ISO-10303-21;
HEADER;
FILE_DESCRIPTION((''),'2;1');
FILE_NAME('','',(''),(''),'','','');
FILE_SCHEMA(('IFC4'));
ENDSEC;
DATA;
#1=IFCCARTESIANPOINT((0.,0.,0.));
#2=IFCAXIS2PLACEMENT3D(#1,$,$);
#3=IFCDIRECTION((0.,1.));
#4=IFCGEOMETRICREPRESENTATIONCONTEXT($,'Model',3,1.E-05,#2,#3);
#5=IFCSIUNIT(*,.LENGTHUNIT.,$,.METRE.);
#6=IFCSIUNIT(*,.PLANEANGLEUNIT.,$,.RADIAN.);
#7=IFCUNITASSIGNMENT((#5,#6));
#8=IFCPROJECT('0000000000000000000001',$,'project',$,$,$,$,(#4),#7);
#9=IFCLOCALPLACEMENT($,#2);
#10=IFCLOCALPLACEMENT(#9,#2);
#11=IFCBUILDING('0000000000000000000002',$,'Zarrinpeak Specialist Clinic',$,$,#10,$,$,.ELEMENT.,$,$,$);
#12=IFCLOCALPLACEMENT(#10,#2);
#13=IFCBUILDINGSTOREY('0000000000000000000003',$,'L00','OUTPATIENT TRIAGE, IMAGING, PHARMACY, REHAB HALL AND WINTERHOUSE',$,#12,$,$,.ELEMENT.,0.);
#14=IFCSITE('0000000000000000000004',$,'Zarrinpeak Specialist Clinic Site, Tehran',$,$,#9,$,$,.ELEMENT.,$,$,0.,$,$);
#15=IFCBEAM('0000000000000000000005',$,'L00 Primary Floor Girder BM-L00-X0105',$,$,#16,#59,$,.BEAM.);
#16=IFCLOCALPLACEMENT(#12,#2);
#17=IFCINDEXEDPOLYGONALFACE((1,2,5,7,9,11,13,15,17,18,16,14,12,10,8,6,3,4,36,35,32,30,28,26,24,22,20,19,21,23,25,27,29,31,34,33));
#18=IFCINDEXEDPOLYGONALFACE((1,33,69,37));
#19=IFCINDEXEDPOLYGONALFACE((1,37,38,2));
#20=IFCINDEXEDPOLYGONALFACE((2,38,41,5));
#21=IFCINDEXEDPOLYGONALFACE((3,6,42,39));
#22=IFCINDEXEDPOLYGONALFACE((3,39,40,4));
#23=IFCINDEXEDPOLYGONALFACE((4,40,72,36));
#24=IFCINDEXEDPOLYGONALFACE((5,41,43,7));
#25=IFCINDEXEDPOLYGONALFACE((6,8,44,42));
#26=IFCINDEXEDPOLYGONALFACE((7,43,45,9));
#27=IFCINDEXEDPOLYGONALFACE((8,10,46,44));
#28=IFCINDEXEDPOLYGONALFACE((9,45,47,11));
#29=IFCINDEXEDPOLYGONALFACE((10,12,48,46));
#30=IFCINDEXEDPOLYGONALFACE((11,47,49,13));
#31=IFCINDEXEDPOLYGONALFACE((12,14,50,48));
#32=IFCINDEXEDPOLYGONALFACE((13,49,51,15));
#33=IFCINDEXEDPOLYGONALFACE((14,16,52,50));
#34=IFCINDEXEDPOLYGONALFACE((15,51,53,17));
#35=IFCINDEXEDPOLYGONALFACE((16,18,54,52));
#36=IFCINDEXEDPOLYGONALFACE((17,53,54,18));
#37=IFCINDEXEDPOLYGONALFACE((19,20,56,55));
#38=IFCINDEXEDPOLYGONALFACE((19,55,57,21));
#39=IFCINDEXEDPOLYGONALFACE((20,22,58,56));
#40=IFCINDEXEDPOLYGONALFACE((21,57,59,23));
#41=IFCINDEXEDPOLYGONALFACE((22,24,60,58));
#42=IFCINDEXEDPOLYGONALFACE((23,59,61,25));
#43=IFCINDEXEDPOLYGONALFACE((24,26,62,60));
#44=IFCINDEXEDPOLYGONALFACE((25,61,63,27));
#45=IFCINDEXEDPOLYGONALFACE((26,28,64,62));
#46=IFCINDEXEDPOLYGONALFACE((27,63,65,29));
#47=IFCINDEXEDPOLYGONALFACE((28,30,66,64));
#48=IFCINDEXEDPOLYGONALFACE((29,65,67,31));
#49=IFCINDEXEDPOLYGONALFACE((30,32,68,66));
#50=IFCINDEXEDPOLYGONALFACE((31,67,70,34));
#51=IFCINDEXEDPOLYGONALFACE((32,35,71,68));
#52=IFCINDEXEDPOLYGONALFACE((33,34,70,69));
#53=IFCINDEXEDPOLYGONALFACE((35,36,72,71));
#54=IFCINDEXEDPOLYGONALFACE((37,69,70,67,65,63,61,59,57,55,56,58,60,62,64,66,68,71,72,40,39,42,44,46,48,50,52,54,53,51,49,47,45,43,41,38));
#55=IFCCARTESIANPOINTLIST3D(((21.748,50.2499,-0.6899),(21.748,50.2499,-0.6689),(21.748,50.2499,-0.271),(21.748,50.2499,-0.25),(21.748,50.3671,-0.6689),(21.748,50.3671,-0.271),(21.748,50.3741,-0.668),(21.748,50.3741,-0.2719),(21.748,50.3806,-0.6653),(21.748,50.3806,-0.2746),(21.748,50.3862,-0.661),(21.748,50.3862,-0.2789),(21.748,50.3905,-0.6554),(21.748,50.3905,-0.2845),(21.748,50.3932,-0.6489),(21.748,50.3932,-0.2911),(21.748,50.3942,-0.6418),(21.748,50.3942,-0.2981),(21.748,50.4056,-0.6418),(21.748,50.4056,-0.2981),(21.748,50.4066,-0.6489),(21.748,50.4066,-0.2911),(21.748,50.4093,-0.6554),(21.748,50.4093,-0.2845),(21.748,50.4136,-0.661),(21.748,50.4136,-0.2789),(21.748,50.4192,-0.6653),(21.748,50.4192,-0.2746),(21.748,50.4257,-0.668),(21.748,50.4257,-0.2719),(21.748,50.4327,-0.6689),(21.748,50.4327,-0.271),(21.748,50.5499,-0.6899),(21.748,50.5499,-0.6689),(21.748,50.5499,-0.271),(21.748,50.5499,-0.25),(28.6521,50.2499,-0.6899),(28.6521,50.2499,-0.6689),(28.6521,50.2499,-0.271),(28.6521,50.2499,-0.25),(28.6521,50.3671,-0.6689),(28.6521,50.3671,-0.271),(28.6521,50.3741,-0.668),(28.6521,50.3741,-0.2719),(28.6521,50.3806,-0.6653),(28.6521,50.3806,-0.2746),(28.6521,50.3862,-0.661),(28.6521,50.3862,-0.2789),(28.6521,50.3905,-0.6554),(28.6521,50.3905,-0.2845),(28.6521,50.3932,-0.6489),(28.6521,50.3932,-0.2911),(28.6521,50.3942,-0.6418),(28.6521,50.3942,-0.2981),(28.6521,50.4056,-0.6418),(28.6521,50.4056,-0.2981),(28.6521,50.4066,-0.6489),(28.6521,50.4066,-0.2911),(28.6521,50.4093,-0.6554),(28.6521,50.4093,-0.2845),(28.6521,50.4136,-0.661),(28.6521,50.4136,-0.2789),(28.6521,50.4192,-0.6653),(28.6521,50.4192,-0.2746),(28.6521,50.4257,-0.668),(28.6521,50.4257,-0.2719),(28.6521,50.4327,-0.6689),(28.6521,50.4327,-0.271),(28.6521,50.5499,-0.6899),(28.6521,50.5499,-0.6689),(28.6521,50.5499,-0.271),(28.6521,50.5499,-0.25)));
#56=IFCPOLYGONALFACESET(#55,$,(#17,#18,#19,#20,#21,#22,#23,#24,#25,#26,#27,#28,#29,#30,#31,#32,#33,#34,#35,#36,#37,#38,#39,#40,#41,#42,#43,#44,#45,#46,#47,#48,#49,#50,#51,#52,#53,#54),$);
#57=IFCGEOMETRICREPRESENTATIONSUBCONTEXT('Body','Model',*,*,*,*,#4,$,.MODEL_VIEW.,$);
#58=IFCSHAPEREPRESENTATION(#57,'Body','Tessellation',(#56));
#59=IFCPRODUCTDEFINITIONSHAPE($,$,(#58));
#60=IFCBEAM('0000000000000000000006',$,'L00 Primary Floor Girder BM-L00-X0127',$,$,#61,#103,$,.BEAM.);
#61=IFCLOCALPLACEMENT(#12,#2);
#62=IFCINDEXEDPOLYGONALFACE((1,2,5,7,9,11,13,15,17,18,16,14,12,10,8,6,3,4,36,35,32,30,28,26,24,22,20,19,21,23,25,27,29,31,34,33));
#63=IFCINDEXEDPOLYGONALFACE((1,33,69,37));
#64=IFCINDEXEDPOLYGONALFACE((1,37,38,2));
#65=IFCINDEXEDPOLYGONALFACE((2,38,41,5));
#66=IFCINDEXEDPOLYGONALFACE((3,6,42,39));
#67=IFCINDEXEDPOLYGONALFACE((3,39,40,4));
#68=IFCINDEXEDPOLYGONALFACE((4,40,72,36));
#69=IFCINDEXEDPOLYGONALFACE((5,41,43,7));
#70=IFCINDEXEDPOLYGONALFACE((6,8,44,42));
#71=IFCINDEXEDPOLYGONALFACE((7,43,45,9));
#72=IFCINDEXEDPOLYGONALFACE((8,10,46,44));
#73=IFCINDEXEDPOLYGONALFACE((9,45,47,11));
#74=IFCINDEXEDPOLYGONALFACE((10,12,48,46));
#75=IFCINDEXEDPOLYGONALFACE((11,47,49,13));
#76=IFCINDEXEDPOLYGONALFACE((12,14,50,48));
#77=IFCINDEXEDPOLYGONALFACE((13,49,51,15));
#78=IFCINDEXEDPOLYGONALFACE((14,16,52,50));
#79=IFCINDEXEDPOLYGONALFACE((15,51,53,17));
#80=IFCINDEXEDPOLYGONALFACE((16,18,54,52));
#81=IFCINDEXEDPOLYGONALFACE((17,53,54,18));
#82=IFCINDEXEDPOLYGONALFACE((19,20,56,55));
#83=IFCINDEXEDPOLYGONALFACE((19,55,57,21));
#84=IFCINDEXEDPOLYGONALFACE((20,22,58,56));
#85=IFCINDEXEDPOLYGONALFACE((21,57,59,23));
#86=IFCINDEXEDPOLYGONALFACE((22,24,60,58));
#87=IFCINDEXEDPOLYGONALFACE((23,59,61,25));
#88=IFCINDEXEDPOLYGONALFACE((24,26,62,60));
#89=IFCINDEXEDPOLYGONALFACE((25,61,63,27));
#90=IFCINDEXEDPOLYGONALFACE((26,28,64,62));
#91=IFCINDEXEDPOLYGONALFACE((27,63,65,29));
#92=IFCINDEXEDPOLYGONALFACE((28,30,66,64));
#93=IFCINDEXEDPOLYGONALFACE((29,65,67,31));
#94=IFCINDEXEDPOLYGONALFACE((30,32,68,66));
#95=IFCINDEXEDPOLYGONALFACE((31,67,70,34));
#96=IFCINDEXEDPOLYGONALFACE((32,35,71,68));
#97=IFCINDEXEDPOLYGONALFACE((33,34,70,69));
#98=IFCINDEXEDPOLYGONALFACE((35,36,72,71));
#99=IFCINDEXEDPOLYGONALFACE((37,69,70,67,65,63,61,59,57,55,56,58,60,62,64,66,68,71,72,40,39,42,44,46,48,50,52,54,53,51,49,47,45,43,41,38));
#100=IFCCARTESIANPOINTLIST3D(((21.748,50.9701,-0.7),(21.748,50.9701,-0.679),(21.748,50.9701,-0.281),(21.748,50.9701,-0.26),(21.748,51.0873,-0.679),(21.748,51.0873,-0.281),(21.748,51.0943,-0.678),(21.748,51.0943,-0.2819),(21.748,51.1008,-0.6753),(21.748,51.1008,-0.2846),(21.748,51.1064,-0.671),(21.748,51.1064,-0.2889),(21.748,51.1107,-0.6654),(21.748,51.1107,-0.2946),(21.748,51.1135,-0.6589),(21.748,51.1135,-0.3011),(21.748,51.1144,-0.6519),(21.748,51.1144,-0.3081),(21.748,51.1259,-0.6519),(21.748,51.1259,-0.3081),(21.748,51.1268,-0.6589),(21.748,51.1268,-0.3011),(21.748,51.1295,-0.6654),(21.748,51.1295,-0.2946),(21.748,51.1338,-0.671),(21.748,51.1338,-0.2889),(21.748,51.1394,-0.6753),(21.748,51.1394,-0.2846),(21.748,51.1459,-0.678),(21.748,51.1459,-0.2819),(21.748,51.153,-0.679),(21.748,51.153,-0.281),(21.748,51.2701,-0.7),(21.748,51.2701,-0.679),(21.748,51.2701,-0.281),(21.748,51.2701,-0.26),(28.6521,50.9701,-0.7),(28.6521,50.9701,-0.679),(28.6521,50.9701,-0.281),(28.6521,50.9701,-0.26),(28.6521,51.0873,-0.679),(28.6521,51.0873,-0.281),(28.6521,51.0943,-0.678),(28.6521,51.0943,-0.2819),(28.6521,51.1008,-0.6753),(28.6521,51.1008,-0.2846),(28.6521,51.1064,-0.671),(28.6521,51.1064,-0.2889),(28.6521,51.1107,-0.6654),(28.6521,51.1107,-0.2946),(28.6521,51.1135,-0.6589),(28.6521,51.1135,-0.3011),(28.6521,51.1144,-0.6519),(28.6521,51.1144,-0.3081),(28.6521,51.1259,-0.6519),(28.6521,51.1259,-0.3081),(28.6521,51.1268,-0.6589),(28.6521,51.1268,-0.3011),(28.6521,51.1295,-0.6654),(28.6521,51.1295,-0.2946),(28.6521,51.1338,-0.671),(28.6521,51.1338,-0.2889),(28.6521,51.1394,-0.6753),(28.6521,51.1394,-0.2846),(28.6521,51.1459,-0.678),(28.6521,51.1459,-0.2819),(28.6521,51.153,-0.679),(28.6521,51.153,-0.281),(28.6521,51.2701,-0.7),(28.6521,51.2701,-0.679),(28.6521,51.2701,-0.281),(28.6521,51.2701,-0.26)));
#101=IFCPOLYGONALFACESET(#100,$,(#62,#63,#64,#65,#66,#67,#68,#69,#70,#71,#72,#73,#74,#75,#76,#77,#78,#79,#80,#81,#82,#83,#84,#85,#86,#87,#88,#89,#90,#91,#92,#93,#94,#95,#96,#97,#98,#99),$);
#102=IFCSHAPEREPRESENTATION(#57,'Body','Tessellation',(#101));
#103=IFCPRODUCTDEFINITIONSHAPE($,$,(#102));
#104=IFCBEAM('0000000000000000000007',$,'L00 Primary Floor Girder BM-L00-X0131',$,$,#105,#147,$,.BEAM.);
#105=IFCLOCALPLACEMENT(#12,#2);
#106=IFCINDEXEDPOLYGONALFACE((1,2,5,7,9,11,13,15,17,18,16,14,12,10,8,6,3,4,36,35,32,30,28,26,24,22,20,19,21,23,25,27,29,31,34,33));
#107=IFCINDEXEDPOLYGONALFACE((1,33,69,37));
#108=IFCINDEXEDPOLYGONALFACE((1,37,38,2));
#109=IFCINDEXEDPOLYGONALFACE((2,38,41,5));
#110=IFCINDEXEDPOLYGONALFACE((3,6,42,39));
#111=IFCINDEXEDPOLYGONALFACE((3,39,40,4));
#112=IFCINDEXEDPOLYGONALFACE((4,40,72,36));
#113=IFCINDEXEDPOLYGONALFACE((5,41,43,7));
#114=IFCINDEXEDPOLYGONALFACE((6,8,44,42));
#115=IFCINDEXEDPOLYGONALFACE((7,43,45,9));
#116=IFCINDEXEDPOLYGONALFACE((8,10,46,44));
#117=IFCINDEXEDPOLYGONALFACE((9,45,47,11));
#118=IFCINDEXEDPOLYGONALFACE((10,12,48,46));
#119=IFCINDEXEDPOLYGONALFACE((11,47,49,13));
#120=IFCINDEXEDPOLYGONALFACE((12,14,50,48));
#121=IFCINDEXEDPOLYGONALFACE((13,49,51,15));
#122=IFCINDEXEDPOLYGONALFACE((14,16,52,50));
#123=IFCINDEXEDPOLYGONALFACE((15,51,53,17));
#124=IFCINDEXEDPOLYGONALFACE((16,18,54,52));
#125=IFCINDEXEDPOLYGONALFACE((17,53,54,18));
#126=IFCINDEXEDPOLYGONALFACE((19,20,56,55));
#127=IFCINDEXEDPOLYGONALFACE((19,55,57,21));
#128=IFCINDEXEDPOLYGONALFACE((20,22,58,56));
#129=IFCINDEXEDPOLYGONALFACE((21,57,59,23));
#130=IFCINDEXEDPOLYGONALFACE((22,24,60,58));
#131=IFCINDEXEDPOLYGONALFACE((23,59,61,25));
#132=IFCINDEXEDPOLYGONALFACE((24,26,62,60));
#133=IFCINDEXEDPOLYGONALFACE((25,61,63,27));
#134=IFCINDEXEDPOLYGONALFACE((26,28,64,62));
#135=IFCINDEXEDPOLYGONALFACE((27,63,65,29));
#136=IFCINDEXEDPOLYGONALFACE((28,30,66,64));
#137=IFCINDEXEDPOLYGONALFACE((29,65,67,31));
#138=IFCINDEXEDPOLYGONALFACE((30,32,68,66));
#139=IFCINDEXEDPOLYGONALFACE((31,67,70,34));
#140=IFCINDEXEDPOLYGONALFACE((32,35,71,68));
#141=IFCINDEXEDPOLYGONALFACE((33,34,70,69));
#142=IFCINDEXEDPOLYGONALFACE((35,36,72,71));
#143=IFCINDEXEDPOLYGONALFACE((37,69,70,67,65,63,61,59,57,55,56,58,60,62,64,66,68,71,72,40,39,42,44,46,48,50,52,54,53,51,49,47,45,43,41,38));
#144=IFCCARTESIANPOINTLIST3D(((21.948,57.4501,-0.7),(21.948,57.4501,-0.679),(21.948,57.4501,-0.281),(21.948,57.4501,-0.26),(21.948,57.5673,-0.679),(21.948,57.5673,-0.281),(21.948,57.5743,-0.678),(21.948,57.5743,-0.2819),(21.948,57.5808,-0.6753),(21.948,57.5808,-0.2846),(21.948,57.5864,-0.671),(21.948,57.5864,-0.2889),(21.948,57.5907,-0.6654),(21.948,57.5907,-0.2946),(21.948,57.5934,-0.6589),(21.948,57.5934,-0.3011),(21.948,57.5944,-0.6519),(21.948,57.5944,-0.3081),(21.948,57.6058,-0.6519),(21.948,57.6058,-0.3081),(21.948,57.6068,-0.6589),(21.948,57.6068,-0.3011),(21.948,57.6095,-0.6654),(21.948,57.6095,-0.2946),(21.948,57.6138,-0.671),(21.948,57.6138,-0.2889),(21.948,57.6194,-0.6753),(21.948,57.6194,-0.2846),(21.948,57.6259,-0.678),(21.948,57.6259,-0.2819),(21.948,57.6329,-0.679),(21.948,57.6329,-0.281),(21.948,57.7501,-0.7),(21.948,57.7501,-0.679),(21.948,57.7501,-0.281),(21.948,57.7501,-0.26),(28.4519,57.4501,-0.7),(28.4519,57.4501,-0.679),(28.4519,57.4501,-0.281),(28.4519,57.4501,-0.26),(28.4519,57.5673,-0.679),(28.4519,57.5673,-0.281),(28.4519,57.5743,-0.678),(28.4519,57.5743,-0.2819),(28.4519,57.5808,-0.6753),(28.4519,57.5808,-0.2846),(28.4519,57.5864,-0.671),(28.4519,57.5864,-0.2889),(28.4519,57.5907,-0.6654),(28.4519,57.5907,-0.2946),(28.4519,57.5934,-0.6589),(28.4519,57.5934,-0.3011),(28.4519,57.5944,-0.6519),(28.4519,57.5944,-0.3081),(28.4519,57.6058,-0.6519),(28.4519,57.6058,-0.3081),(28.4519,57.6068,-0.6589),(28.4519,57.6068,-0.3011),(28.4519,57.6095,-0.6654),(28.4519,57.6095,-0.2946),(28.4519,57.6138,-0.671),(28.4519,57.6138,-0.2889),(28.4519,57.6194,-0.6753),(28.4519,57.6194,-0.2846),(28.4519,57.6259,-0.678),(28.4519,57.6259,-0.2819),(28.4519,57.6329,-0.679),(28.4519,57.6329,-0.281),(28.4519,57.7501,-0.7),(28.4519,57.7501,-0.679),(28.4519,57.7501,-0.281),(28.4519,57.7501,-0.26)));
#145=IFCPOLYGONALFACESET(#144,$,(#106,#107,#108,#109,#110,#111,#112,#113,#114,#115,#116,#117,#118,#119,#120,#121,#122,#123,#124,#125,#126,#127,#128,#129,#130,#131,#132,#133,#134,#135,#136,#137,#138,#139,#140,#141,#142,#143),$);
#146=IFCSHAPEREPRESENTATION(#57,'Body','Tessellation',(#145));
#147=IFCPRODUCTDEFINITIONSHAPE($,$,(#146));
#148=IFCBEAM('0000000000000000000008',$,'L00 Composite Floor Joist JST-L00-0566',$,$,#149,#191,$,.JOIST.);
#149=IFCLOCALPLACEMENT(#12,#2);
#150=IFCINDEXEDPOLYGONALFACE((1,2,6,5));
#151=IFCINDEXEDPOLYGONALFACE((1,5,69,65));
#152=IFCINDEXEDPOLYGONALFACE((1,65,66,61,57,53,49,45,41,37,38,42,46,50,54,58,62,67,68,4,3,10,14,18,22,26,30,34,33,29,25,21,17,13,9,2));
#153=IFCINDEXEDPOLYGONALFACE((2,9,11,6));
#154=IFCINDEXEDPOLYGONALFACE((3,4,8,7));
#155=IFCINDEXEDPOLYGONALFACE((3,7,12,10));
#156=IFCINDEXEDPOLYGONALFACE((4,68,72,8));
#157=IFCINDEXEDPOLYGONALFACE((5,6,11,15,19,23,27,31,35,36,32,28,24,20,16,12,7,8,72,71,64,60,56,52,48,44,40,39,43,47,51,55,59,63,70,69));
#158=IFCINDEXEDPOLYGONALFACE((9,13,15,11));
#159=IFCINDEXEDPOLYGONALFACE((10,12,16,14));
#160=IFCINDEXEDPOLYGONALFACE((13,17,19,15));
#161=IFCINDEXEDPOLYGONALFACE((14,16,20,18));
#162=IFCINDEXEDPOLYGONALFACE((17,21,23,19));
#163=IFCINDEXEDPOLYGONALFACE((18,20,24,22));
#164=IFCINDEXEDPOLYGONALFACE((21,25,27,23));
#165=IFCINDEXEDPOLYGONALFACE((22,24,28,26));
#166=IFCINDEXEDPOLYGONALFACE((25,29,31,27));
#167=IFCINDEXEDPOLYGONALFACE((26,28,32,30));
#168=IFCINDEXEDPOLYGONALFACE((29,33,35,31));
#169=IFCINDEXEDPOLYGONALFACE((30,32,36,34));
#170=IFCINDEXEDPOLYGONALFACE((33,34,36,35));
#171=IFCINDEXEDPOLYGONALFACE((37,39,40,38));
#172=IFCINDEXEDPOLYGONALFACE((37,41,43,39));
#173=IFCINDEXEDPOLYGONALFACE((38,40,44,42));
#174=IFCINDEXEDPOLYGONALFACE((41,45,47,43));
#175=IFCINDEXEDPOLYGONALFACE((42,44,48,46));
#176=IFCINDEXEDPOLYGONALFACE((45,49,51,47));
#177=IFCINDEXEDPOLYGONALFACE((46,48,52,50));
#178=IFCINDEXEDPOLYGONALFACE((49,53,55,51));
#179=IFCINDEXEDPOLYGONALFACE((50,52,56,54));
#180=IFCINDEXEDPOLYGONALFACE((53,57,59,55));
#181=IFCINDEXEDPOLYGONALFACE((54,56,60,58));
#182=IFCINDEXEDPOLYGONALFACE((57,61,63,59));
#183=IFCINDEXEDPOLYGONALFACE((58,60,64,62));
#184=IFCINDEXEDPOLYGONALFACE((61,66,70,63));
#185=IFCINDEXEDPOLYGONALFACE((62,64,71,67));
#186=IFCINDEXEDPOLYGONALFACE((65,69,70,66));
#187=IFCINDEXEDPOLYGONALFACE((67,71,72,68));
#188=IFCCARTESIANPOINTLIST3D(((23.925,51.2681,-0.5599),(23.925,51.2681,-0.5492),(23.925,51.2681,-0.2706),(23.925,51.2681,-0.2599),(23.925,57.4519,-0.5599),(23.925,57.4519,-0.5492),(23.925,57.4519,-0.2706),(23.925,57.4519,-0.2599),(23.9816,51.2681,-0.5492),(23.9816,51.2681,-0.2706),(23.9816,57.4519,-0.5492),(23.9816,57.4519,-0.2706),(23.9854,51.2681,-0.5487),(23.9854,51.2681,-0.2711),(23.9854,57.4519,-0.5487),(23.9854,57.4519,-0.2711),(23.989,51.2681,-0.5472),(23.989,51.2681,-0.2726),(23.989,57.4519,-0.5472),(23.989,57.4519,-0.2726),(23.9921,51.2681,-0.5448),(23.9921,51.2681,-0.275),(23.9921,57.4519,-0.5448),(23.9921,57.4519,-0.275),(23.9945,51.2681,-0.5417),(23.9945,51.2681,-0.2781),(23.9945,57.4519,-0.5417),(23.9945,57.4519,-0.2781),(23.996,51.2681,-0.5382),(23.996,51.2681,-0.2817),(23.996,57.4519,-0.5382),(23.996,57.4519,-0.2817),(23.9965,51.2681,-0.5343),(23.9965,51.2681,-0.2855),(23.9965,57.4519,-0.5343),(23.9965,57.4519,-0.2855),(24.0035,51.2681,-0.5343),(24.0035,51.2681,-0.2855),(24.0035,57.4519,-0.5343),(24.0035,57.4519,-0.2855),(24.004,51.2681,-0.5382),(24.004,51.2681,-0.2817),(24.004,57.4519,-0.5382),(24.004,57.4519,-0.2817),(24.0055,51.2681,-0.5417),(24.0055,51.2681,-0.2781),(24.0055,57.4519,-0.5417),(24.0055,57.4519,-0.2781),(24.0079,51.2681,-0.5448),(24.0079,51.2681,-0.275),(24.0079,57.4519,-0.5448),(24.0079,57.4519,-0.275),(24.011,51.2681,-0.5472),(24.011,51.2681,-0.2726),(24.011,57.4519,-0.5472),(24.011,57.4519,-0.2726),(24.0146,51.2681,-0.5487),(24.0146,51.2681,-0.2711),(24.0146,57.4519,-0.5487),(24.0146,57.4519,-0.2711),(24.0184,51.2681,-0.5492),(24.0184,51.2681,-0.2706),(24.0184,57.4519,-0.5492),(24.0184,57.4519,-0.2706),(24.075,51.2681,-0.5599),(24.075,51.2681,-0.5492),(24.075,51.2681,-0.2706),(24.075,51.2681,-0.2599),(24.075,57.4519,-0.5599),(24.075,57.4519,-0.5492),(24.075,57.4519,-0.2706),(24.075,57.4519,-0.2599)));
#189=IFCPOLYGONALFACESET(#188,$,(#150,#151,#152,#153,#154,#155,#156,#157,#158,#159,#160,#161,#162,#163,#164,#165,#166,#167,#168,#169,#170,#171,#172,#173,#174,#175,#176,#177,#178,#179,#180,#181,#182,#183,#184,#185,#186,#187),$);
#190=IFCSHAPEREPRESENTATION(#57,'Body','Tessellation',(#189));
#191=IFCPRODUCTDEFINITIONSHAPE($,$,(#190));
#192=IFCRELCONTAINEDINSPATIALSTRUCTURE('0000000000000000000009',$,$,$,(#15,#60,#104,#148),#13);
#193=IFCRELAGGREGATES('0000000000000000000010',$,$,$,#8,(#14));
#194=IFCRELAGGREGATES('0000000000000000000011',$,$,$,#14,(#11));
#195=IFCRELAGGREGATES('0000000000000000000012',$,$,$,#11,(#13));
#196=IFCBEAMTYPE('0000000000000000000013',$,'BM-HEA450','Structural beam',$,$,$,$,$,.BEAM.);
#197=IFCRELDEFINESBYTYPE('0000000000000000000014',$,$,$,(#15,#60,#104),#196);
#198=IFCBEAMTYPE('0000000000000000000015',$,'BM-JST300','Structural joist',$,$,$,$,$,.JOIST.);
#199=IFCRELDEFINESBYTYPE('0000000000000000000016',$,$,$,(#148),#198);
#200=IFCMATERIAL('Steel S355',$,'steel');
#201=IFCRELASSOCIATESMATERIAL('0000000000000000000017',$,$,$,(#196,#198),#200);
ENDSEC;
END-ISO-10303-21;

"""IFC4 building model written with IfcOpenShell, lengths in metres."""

from ifc_helpers import new_model, si_unit, direction, frame, origin, origin_2d, place, context, subcontext, project, spatial, i_section, extrude, material, material_profile, profile_set, type_object, element, save


model = new_model("IFC4")

# Units and contexts
model_context = context("Model", 3, precision=1e-05, world=origin(), true_north=direction((0.0, 1.0)))
body_context = subcontext(model_context, "Body", "Model", "MODEL_VIEW")
ifc_project = project(units=[si_unit("LENGTHUNIT", "METRE"), si_unit("PLANEANGLEUNIT", "RADIAN")], contexts=[model_context])

# Site, building, storey
site_placement = place(None, origin())
site = spatial("IfcSite", under=ifc_project, at=site_placement, Name="Zarrinpeak Specialist Clinic Site, Tehran", CompositionType="ELEMENT", RefElevation=0.0)
building_placement = place(site_placement, origin())
building = spatial("IfcBuilding", under=site, at=building_placement, Name="Zarrinpeak Specialist Clinic", CompositionType="ELEMENT")
storey_placement = place(building_placement, origin())
storey = spatial("IfcBuildingStorey", under=building, at=storey_placement, Name="L00", Description="OUTPATIENT TRIAGE, IMAGING, PHARMACY, REHAB HALL AND WINTERHOUSE", CompositionType="ELEMENT", Elevation=0.0)

# Shared definitions
ifc_material_1 = material(Name="Steel S355", Category="steel")

# Beams
ifc_material_profile_1 = material_profile(ifc_material_1, i_section(OverallWidth=0.3, OverallDepth=0.4399, WebThickness=0.0115, FlangeThickness=0.021, FilletRadius=0.0271, at=origin_2d()), Name="HEA 450")
ifc_profile_set_1 = profile_set([ifc_material_profile_1], Name="Steel S355")
beam_type_1 = type_object("IfcBeamType", Name="BM-HEA450", Description="Structural beam", PredefinedType="BEAM", material=ifc_profile_set_1)
for number, where, z_axis, x_axis, name in (
    (1, (21.748, 50.3999, -0.47), (1.0, 0.0, 0.0), (0.0, 1.0, 0.0), "L00 Primary Floor Girder BM-L00-X0105"),
    (2, (21.748, 51.1201, -0.48), (1.0, 0.0, 0.0), (0.0, 1.0, 0.0), "L00 Primary Floor Girder BM-L00-X0127"),
):
    element("IfcBeam", number, at=place(storey_placement, frame(where, z_axis=z_axis, x_axis=x_axis)), inside=storey, type_object=beam_type_1, Name=name, PredefinedType="BEAM", context=body_context, shape_type="SweptSolid", body=[
        extrude(i_section(OverallWidth=0.3, OverallDepth=0.4399, WebThickness=0.0115, FlangeThickness=0.021, FilletRadius=0.0271, at=origin_2d()), origin(), (0.0, 0.0, 1.0), 6.9041),
    ])
beam_placement = place(storey_placement, frame((21.948, 57.6001, -0.48), z_axis=(1.0, 0.0, 0.0), x_axis=(0.0, 1.0, 0.0)))
element("IfcBeam", 3, at=beam_placement, inside=storey, type_object=beam_type_1, Name="L00 Primary Floor Girder BM-L00-X0131", PredefinedType="BEAM", context=body_context, shape_type="SweptSolid", body=[
    extrude(i_section(OverallWidth=0.3, OverallDepth=0.4399, WebThickness=0.0115, FlangeThickness=0.021, FilletRadius=0.0271, at=origin_2d()), origin(), (0.0, 0.0, 1.0), 6.5039),
])
ifc_material_profile_2 = material_profile(ifc_material_1, i_section(OverallWidth=0.1499, OverallDepth=0.3, WebThickness=0.0071, FlangeThickness=0.0107, FilletRadius=0.0149, at=origin_2d()), Name="IPE 300")
ifc_profile_set_2 = profile_set([ifc_material_profile_2], Name="Steel S355")
beam_type_2 = type_object("IfcBeamType", Name="BM-JST300", Description="Structural joist", PredefinedType="JOIST", material=ifc_profile_set_2)
for number, where, z_axis, x_axis, name in (
    (4, (24.0, 51.2681, -0.4099), (0.0, 1.0, 0.0), (-1.0, 0.0, 0.0), "L00 Composite Floor Joist JST-L00-0566"),
):
    element("IfcBeam", number, at=place(storey_placement, frame(where, z_axis=z_axis, x_axis=x_axis)), inside=storey, type_object=beam_type_2, Name=name, PredefinedType="JOIST", context=body_context, shape_type="SweptSolid", body=[
        extrude(i_section(OverallWidth=0.1499, OverallDepth=0.3, WebThickness=0.0071, FlangeThickness=0.0107, FilletRadius=0.0149, at=origin_2d()), origin(), (0.0, 0.0, 1.0), 6.1838),
    ])

save(model, "model.ifc")
